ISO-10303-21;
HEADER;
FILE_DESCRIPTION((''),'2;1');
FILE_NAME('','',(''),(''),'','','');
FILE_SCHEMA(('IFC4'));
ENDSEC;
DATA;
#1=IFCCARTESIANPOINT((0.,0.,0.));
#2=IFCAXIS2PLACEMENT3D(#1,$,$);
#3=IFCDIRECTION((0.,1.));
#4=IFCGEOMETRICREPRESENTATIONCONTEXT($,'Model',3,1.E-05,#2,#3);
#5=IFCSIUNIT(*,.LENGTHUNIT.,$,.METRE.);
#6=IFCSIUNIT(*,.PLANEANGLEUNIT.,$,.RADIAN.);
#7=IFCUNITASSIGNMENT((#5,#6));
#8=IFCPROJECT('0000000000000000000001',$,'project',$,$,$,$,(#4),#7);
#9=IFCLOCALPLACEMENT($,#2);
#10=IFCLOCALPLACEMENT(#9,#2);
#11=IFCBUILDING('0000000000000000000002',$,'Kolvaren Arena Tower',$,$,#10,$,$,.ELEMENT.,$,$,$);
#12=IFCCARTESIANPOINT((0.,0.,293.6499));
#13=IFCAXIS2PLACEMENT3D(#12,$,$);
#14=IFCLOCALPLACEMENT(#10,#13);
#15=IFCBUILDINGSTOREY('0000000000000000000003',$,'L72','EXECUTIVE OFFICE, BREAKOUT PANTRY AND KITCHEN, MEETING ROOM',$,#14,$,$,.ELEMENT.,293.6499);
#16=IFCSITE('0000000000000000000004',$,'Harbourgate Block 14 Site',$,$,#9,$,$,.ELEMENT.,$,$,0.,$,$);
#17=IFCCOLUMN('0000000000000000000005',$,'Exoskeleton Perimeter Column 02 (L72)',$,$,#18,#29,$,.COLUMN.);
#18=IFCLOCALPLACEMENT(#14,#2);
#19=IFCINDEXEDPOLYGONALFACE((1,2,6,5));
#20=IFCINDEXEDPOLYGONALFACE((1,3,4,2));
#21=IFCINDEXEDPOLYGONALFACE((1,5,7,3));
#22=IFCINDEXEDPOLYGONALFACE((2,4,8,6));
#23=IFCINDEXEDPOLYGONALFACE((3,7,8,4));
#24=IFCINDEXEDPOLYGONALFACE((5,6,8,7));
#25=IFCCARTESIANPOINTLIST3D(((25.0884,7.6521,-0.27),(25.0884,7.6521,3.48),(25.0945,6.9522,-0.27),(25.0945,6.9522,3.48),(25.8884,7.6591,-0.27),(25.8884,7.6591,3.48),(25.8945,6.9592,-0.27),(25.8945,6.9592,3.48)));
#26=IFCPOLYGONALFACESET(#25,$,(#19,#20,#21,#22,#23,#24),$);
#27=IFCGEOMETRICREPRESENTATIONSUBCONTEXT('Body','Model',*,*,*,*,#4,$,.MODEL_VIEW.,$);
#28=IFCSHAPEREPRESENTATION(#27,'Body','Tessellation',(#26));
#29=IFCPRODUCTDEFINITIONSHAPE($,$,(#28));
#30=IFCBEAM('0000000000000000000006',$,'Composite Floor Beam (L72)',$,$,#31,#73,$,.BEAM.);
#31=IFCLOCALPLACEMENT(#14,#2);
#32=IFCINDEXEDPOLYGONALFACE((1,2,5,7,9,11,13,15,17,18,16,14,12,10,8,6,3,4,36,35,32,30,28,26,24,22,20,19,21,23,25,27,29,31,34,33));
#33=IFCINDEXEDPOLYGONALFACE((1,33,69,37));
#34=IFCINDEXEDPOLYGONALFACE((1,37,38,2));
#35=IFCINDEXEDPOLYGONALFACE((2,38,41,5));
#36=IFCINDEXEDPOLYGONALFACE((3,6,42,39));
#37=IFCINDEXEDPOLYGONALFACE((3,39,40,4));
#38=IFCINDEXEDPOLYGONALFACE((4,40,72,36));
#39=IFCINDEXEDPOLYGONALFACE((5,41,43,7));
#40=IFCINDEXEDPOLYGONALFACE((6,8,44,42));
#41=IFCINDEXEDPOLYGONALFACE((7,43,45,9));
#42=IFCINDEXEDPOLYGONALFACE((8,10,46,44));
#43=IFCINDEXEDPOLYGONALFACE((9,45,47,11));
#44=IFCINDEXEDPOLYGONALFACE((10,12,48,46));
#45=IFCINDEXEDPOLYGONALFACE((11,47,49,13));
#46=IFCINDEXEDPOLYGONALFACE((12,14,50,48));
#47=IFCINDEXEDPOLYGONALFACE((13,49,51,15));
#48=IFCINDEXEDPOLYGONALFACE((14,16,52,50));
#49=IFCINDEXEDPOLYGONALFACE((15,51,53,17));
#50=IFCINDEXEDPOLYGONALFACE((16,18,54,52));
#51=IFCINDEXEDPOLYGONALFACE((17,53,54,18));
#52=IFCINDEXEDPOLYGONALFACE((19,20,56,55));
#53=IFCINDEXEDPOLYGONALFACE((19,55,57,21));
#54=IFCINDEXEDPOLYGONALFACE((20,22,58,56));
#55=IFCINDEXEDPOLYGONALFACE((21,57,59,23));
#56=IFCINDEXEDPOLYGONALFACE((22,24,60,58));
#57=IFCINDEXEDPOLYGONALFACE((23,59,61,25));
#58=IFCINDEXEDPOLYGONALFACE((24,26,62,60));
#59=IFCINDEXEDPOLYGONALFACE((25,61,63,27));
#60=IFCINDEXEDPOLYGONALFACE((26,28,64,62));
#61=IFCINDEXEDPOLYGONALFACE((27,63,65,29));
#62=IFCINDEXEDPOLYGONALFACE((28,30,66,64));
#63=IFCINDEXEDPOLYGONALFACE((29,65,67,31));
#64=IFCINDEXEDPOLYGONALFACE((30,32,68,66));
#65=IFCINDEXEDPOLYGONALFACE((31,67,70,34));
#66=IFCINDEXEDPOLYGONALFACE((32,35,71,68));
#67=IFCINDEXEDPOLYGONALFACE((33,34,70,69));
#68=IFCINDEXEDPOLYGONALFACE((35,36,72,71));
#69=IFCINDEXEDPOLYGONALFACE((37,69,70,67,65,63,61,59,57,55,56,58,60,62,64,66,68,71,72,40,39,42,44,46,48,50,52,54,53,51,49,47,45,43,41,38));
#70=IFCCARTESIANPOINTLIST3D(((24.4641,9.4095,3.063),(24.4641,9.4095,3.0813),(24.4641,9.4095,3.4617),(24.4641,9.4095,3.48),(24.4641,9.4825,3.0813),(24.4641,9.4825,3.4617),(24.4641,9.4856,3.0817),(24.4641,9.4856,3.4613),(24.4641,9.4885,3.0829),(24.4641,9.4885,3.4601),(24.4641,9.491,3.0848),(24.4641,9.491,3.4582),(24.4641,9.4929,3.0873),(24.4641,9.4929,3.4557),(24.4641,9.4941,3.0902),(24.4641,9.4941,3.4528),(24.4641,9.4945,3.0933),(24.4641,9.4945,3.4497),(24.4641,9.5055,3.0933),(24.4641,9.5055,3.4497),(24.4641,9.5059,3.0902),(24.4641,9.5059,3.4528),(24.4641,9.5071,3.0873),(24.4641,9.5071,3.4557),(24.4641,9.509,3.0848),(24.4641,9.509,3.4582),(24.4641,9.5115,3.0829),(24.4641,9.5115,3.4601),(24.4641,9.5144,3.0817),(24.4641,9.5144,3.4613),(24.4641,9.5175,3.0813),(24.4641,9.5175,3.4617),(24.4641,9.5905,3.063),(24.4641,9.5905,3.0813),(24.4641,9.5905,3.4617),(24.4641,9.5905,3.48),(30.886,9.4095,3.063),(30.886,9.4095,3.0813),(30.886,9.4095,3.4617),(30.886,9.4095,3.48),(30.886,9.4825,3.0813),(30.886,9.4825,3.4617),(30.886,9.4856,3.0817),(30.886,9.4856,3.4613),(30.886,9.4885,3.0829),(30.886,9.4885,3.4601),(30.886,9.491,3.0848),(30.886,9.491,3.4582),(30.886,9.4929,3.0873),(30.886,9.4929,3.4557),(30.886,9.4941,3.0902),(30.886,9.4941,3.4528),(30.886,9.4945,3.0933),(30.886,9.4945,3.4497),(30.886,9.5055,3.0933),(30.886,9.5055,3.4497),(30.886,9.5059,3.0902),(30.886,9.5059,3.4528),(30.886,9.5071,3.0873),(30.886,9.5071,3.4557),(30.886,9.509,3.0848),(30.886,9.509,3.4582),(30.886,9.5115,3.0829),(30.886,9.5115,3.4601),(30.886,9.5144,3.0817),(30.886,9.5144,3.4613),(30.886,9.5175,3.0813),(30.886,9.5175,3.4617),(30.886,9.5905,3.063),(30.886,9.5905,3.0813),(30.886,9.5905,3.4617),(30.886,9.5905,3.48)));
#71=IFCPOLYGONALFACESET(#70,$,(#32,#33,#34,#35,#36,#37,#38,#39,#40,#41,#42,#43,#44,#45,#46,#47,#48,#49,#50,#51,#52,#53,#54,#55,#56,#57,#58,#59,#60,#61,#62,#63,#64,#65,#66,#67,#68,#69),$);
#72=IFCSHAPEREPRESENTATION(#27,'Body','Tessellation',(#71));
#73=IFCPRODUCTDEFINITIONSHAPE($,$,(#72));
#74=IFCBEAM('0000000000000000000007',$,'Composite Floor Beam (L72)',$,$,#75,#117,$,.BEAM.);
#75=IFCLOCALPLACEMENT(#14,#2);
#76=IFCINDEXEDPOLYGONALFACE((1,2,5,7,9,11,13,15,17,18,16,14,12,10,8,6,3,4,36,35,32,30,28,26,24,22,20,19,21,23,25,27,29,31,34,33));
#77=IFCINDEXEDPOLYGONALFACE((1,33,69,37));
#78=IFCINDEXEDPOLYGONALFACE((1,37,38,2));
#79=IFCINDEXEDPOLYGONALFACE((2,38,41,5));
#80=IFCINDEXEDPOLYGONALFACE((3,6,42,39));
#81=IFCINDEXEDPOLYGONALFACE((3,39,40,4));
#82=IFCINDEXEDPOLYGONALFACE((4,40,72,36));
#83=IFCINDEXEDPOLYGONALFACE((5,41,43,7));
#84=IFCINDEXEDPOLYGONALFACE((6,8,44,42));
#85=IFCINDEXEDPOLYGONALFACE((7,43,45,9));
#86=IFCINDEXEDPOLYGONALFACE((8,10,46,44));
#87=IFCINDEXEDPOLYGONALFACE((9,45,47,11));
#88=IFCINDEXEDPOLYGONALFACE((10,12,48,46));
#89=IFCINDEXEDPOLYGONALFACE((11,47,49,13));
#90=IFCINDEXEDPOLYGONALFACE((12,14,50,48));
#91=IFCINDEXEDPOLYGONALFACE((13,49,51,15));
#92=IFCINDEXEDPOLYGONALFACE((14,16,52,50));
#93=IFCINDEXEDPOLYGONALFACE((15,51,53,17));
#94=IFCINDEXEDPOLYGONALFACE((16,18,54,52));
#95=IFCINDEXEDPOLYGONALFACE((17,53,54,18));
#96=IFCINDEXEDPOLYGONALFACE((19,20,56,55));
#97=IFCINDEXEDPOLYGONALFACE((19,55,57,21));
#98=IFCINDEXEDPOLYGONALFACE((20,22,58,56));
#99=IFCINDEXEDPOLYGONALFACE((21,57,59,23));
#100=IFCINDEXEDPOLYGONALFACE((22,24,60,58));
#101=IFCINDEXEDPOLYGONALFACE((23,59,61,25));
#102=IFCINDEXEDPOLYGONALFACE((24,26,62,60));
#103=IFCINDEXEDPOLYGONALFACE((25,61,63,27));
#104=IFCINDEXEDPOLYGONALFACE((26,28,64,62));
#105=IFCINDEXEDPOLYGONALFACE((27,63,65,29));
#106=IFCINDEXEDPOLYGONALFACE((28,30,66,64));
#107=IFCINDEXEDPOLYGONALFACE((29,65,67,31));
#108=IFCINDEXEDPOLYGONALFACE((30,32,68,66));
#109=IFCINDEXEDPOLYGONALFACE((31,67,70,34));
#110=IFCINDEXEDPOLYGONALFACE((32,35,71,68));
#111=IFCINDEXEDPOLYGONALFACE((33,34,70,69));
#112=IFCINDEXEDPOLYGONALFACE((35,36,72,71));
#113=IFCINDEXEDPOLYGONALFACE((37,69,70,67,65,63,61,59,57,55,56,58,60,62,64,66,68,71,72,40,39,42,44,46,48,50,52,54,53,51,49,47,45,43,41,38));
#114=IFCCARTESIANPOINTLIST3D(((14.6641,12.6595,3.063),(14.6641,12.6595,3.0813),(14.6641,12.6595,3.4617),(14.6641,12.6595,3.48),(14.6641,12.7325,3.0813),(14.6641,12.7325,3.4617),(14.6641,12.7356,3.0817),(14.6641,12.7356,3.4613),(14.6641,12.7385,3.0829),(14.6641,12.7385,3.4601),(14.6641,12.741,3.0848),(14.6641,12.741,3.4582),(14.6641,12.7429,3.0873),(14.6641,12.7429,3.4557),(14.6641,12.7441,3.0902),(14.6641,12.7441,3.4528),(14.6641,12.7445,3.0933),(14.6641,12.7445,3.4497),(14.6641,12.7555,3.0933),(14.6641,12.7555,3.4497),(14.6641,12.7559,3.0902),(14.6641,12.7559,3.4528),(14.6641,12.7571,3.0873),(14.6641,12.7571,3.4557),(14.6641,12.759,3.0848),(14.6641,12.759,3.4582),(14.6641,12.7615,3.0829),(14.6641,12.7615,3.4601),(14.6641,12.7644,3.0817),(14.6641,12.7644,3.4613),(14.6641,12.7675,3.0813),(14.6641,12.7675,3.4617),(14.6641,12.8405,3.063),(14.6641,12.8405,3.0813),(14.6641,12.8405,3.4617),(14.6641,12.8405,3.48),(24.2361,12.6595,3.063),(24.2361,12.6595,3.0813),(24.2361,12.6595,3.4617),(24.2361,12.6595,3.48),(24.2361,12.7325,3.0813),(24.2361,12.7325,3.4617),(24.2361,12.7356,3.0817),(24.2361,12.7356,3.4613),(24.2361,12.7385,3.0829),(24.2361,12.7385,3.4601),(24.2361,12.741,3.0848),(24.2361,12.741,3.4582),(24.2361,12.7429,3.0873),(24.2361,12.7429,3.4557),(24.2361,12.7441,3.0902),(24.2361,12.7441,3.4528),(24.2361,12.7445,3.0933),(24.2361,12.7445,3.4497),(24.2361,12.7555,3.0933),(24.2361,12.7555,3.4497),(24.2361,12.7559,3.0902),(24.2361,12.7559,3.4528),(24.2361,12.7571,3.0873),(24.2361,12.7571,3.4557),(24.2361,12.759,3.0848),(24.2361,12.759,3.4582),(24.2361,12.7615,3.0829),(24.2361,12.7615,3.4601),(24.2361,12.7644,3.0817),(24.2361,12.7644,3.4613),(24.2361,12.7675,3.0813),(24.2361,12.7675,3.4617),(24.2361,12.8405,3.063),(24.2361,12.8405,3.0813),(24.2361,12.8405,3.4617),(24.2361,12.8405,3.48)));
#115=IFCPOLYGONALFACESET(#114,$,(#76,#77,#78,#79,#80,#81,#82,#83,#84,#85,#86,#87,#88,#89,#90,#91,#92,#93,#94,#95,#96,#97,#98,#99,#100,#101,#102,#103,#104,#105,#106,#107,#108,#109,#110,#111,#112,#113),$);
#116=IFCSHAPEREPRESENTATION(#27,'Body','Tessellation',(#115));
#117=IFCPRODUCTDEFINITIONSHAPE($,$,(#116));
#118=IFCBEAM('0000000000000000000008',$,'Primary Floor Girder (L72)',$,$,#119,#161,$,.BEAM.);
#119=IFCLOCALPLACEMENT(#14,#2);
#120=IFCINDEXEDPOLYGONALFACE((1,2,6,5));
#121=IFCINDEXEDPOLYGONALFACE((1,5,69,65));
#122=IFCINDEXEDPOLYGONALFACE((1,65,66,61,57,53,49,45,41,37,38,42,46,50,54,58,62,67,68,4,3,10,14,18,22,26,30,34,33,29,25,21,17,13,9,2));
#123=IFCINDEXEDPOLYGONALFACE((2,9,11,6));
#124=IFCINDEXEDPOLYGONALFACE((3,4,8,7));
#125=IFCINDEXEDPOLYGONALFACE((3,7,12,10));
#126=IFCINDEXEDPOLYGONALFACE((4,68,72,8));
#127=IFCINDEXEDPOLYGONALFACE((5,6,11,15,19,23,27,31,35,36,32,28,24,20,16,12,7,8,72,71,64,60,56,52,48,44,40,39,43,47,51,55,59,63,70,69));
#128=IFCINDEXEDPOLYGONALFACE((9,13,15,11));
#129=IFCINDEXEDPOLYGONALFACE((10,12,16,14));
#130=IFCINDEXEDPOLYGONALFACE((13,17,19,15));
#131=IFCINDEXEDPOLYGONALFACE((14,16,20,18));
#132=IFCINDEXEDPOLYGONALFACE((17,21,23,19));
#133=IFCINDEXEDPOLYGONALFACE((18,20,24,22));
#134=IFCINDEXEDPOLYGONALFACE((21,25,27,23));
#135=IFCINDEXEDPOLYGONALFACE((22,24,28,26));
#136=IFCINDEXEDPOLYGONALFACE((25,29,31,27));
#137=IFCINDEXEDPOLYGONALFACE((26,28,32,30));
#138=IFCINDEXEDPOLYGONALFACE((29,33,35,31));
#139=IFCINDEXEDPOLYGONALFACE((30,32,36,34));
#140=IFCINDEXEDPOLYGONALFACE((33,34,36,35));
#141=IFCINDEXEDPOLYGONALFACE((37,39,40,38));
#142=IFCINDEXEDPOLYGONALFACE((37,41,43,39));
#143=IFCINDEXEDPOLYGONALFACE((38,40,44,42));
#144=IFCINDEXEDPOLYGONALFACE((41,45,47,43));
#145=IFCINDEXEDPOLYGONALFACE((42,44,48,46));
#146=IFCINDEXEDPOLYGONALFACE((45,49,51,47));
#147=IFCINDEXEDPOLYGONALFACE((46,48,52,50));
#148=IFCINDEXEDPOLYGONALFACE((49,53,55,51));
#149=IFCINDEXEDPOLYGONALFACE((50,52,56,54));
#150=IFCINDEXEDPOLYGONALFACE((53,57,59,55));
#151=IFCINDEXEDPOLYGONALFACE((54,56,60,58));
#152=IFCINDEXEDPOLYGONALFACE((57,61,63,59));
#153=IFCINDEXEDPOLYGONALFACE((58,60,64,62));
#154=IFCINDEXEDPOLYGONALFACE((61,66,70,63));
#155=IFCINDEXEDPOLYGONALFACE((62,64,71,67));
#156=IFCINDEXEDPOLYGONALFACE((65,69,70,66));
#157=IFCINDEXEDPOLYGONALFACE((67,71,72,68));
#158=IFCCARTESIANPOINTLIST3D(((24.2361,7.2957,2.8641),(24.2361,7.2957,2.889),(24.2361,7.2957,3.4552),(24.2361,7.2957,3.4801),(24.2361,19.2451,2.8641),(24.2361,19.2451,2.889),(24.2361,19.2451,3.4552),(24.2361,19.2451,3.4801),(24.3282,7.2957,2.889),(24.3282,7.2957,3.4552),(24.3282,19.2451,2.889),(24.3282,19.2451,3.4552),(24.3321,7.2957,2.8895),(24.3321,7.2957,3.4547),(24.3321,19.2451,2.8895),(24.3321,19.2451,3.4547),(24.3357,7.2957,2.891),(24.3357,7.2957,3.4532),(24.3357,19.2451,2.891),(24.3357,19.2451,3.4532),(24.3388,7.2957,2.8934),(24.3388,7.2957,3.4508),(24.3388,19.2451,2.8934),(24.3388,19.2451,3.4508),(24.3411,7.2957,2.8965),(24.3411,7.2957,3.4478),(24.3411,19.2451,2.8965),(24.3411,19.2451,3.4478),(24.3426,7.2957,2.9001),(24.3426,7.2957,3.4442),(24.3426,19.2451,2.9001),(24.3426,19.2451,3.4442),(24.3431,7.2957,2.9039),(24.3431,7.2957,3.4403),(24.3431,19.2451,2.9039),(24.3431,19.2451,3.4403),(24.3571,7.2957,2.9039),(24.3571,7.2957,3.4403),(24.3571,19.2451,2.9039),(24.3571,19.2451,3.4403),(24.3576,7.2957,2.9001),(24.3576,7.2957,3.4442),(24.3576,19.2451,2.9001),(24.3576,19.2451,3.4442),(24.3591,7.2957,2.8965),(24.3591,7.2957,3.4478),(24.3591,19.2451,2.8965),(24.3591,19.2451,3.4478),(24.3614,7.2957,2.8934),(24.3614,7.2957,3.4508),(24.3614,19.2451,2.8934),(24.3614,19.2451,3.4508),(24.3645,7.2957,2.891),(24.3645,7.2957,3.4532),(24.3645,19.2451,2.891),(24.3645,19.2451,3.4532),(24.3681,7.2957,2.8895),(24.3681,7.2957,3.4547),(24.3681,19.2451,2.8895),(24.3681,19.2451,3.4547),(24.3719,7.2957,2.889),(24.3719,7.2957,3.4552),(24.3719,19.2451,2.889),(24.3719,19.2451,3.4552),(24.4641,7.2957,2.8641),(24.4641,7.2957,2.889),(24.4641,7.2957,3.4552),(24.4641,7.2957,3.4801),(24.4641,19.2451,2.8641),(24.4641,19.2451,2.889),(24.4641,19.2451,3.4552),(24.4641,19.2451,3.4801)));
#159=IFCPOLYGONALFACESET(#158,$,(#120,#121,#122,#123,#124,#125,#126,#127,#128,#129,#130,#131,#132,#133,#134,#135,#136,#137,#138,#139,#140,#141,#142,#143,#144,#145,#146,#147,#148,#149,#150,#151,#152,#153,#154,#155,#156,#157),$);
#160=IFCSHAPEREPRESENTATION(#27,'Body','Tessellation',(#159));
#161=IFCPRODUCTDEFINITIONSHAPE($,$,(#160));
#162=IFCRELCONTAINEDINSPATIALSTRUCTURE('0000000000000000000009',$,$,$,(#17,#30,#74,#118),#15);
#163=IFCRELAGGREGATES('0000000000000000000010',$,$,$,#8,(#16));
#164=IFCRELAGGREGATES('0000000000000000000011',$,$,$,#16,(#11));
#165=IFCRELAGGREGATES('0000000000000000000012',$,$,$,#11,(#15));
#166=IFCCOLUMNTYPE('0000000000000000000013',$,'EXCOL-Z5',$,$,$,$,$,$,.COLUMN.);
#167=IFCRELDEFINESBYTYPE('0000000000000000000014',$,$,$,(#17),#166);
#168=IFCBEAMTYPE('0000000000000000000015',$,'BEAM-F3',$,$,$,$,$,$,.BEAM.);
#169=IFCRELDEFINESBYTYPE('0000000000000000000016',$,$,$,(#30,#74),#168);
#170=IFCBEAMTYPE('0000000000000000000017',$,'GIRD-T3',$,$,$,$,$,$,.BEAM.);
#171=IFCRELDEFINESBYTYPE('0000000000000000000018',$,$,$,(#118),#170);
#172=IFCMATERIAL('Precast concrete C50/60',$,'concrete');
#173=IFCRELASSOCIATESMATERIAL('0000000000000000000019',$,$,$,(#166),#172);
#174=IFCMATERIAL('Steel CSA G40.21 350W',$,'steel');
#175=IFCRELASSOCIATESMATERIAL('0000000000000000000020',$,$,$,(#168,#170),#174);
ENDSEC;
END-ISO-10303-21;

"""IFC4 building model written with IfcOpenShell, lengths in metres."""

from ifc_helpers import new_model, si_unit, direction, frame, origin, origin_2d, place, context, subcontext, project, spatial, rectangle, i_section, extrude, material, material_profile, profile_set, type_object, element, save


model = new_model("IFC4")

# Units and contexts
model_context = context("Model", 3, precision=1e-05, world=origin(), true_north=direction((0.0, 1.0)))
body_context = subcontext(model_context, "Body", "Model", "MODEL_VIEW")
ifc_project = project(units=[si_unit("LENGTHUNIT", "METRE"), si_unit("PLANEANGLEUNIT", "RADIAN")], contexts=[model_context])

# Site, building, storey
site_placement = place(None, origin())
site = spatial("IfcSite", under=ifc_project, at=site_placement, Name="Harbourgate Block 14 Site", CompositionType="ELEMENT", RefElevation=0.0)
building_placement = place(site_placement, origin())
building = spatial("IfcBuilding", under=site, at=building_placement, Name="Kolvaren Arena Tower", CompositionType="ELEMENT")
storey_placement = place(building_placement, frame((0.0, 0.0, 293.6499)))
storey = spatial("IfcBuildingStorey", under=building, at=storey_placement, Name="L72", Description="EXECUTIVE OFFICE, BREAKOUT PANTRY AND KITCHEN, MEETING ROOM", CompositionType="ELEMENT", Elevation=293.6499)

# Column
ifc_material_1 = material(Name="Precast concrete C50/60", Category="concrete")
ifc_material_profile_1 = material_profile(ifc_material_1, rectangle(XDim=0.8, YDim=0.7, at=origin_2d()), Name="RC-800x700")
ifc_profile_set_1 = profile_set([ifc_material_profile_1], Name="Precast concrete C50/60")
column_type = type_object("IfcColumnType", Name="EXCOL-Z5", PredefinedType="COLUMN", material=ifc_profile_set_1)
column_placement = place(storey_placement, frame((25.4915, 7.3057, -0.27), z_axis=(0.0, 0.0, 1.0), x_axis=(0.999962, 0.008727, 0.0)))
element("IfcColumn", 1, at=column_placement, inside=storey, type_object=column_type, Name="Exoskeleton Perimeter Column 02 (L72)", PredefinedType="COLUMN", context=body_context, shape_type="SweptSolid", body=[
    extrude(rectangle(XDim=0.8, YDim=0.7, at=origin_2d()), origin(), (0.0, 0.0, 1.0), 3.75),
])

# Beams
ifc_material_2 = material(Name="Steel CSA G40.21 350W", Category="steel")
ifc_material_profile_2 = material_profile(ifc_material_2, i_section(OverallWidth=0.1809, OverallDepth=0.417, WebThickness=0.011, FlangeThickness=0.0183, FilletRadius=0.012, at=origin_2d()), Name="W410x85")
ifc_profile_set_2 = profile_set([ifc_material_profile_2], Name="Steel CSA G40.21 350W")
beam_type_1 = type_object("IfcBeamType", Name="BEAM-F3", PredefinedType="BEAM", material=ifc_profile_set_2)
beam_1_placement = place(storey_placement, frame((24.4641, 9.5, 3.2715), z_axis=(1.0, 0.0, 0.0), x_axis=(0.0, 1.0, 0.0)))
element("IfcBeam", 2, at=beam_1_placement, inside=storey, type_object=beam_type_1, Name="Composite Floor Beam (L72)", PredefinedType="BEAM", context=body_context, shape_type="SweptSolid", body=[
    extrude(i_section(OverallWidth=0.1809, OverallDepth=0.417, WebThickness=0.011, FlangeThickness=0.0183, FilletRadius=0.012, at=origin_2d()), origin(), (0.0, 0.0, 1.0), 6.4219),
])
beam_2_placement = place(storey_placement, frame((14.6641, 12.75, 3.2715), z_axis=(1.0, 0.0, 0.0), x_axis=(0.0, 1.0, 0.0)))
element("IfcBeam", 3, at=beam_2_placement, inside=storey, type_object=beam_type_1, Name="Composite Floor Beam (L72)", PredefinedType="BEAM", context=body_context, shape_type="SweptSolid", body=[
    extrude(i_section(OverallWidth=0.1809, OverallDepth=0.417, WebThickness=0.011, FlangeThickness=0.0183, FilletRadius=0.012, at=origin_2d()), origin(), (0.0, 0.0, 1.0), 9.572),
])
ifc_material_profile_3 = material_profile(ifc_material_2, i_section(OverallWidth=0.228, OverallDepth=0.616, WebThickness=0.0139, FlangeThickness=0.0249, FilletRadius=0.0149, at=origin_2d()), Name="W610x174")
ifc_profile_set_3 = profile_set([ifc_material_profile_3], Name="Steel CSA G40.21 350W")
beam_type_2 = type_object("IfcBeamType", Name="GIRD-T3", PredefinedType="BEAM", material=ifc_profile_set_3)
beam_3_placement = place(storey_placement, frame((24.3501, 7.2957, 3.1721), z_axis=(0.0, 1.0, 0.0), x_axis=(-1.0, 0.0, 0.0)))
element("IfcBeam", 4, at=beam_3_placement, inside=storey, type_object=beam_type_2, Name="Primary Floor Girder (L72)", PredefinedType="BEAM", context=body_context, shape_type="SweptSolid", body=[
    extrude(i_section(OverallWidth=0.228, OverallDepth=0.616, WebThickness=0.0139, FlangeThickness=0.0249, FilletRadius=0.0149, at=origin_2d()), origin(), (0.0, 0.0, 1.0), 11.9495),
])

save(model, "model.ifc")
